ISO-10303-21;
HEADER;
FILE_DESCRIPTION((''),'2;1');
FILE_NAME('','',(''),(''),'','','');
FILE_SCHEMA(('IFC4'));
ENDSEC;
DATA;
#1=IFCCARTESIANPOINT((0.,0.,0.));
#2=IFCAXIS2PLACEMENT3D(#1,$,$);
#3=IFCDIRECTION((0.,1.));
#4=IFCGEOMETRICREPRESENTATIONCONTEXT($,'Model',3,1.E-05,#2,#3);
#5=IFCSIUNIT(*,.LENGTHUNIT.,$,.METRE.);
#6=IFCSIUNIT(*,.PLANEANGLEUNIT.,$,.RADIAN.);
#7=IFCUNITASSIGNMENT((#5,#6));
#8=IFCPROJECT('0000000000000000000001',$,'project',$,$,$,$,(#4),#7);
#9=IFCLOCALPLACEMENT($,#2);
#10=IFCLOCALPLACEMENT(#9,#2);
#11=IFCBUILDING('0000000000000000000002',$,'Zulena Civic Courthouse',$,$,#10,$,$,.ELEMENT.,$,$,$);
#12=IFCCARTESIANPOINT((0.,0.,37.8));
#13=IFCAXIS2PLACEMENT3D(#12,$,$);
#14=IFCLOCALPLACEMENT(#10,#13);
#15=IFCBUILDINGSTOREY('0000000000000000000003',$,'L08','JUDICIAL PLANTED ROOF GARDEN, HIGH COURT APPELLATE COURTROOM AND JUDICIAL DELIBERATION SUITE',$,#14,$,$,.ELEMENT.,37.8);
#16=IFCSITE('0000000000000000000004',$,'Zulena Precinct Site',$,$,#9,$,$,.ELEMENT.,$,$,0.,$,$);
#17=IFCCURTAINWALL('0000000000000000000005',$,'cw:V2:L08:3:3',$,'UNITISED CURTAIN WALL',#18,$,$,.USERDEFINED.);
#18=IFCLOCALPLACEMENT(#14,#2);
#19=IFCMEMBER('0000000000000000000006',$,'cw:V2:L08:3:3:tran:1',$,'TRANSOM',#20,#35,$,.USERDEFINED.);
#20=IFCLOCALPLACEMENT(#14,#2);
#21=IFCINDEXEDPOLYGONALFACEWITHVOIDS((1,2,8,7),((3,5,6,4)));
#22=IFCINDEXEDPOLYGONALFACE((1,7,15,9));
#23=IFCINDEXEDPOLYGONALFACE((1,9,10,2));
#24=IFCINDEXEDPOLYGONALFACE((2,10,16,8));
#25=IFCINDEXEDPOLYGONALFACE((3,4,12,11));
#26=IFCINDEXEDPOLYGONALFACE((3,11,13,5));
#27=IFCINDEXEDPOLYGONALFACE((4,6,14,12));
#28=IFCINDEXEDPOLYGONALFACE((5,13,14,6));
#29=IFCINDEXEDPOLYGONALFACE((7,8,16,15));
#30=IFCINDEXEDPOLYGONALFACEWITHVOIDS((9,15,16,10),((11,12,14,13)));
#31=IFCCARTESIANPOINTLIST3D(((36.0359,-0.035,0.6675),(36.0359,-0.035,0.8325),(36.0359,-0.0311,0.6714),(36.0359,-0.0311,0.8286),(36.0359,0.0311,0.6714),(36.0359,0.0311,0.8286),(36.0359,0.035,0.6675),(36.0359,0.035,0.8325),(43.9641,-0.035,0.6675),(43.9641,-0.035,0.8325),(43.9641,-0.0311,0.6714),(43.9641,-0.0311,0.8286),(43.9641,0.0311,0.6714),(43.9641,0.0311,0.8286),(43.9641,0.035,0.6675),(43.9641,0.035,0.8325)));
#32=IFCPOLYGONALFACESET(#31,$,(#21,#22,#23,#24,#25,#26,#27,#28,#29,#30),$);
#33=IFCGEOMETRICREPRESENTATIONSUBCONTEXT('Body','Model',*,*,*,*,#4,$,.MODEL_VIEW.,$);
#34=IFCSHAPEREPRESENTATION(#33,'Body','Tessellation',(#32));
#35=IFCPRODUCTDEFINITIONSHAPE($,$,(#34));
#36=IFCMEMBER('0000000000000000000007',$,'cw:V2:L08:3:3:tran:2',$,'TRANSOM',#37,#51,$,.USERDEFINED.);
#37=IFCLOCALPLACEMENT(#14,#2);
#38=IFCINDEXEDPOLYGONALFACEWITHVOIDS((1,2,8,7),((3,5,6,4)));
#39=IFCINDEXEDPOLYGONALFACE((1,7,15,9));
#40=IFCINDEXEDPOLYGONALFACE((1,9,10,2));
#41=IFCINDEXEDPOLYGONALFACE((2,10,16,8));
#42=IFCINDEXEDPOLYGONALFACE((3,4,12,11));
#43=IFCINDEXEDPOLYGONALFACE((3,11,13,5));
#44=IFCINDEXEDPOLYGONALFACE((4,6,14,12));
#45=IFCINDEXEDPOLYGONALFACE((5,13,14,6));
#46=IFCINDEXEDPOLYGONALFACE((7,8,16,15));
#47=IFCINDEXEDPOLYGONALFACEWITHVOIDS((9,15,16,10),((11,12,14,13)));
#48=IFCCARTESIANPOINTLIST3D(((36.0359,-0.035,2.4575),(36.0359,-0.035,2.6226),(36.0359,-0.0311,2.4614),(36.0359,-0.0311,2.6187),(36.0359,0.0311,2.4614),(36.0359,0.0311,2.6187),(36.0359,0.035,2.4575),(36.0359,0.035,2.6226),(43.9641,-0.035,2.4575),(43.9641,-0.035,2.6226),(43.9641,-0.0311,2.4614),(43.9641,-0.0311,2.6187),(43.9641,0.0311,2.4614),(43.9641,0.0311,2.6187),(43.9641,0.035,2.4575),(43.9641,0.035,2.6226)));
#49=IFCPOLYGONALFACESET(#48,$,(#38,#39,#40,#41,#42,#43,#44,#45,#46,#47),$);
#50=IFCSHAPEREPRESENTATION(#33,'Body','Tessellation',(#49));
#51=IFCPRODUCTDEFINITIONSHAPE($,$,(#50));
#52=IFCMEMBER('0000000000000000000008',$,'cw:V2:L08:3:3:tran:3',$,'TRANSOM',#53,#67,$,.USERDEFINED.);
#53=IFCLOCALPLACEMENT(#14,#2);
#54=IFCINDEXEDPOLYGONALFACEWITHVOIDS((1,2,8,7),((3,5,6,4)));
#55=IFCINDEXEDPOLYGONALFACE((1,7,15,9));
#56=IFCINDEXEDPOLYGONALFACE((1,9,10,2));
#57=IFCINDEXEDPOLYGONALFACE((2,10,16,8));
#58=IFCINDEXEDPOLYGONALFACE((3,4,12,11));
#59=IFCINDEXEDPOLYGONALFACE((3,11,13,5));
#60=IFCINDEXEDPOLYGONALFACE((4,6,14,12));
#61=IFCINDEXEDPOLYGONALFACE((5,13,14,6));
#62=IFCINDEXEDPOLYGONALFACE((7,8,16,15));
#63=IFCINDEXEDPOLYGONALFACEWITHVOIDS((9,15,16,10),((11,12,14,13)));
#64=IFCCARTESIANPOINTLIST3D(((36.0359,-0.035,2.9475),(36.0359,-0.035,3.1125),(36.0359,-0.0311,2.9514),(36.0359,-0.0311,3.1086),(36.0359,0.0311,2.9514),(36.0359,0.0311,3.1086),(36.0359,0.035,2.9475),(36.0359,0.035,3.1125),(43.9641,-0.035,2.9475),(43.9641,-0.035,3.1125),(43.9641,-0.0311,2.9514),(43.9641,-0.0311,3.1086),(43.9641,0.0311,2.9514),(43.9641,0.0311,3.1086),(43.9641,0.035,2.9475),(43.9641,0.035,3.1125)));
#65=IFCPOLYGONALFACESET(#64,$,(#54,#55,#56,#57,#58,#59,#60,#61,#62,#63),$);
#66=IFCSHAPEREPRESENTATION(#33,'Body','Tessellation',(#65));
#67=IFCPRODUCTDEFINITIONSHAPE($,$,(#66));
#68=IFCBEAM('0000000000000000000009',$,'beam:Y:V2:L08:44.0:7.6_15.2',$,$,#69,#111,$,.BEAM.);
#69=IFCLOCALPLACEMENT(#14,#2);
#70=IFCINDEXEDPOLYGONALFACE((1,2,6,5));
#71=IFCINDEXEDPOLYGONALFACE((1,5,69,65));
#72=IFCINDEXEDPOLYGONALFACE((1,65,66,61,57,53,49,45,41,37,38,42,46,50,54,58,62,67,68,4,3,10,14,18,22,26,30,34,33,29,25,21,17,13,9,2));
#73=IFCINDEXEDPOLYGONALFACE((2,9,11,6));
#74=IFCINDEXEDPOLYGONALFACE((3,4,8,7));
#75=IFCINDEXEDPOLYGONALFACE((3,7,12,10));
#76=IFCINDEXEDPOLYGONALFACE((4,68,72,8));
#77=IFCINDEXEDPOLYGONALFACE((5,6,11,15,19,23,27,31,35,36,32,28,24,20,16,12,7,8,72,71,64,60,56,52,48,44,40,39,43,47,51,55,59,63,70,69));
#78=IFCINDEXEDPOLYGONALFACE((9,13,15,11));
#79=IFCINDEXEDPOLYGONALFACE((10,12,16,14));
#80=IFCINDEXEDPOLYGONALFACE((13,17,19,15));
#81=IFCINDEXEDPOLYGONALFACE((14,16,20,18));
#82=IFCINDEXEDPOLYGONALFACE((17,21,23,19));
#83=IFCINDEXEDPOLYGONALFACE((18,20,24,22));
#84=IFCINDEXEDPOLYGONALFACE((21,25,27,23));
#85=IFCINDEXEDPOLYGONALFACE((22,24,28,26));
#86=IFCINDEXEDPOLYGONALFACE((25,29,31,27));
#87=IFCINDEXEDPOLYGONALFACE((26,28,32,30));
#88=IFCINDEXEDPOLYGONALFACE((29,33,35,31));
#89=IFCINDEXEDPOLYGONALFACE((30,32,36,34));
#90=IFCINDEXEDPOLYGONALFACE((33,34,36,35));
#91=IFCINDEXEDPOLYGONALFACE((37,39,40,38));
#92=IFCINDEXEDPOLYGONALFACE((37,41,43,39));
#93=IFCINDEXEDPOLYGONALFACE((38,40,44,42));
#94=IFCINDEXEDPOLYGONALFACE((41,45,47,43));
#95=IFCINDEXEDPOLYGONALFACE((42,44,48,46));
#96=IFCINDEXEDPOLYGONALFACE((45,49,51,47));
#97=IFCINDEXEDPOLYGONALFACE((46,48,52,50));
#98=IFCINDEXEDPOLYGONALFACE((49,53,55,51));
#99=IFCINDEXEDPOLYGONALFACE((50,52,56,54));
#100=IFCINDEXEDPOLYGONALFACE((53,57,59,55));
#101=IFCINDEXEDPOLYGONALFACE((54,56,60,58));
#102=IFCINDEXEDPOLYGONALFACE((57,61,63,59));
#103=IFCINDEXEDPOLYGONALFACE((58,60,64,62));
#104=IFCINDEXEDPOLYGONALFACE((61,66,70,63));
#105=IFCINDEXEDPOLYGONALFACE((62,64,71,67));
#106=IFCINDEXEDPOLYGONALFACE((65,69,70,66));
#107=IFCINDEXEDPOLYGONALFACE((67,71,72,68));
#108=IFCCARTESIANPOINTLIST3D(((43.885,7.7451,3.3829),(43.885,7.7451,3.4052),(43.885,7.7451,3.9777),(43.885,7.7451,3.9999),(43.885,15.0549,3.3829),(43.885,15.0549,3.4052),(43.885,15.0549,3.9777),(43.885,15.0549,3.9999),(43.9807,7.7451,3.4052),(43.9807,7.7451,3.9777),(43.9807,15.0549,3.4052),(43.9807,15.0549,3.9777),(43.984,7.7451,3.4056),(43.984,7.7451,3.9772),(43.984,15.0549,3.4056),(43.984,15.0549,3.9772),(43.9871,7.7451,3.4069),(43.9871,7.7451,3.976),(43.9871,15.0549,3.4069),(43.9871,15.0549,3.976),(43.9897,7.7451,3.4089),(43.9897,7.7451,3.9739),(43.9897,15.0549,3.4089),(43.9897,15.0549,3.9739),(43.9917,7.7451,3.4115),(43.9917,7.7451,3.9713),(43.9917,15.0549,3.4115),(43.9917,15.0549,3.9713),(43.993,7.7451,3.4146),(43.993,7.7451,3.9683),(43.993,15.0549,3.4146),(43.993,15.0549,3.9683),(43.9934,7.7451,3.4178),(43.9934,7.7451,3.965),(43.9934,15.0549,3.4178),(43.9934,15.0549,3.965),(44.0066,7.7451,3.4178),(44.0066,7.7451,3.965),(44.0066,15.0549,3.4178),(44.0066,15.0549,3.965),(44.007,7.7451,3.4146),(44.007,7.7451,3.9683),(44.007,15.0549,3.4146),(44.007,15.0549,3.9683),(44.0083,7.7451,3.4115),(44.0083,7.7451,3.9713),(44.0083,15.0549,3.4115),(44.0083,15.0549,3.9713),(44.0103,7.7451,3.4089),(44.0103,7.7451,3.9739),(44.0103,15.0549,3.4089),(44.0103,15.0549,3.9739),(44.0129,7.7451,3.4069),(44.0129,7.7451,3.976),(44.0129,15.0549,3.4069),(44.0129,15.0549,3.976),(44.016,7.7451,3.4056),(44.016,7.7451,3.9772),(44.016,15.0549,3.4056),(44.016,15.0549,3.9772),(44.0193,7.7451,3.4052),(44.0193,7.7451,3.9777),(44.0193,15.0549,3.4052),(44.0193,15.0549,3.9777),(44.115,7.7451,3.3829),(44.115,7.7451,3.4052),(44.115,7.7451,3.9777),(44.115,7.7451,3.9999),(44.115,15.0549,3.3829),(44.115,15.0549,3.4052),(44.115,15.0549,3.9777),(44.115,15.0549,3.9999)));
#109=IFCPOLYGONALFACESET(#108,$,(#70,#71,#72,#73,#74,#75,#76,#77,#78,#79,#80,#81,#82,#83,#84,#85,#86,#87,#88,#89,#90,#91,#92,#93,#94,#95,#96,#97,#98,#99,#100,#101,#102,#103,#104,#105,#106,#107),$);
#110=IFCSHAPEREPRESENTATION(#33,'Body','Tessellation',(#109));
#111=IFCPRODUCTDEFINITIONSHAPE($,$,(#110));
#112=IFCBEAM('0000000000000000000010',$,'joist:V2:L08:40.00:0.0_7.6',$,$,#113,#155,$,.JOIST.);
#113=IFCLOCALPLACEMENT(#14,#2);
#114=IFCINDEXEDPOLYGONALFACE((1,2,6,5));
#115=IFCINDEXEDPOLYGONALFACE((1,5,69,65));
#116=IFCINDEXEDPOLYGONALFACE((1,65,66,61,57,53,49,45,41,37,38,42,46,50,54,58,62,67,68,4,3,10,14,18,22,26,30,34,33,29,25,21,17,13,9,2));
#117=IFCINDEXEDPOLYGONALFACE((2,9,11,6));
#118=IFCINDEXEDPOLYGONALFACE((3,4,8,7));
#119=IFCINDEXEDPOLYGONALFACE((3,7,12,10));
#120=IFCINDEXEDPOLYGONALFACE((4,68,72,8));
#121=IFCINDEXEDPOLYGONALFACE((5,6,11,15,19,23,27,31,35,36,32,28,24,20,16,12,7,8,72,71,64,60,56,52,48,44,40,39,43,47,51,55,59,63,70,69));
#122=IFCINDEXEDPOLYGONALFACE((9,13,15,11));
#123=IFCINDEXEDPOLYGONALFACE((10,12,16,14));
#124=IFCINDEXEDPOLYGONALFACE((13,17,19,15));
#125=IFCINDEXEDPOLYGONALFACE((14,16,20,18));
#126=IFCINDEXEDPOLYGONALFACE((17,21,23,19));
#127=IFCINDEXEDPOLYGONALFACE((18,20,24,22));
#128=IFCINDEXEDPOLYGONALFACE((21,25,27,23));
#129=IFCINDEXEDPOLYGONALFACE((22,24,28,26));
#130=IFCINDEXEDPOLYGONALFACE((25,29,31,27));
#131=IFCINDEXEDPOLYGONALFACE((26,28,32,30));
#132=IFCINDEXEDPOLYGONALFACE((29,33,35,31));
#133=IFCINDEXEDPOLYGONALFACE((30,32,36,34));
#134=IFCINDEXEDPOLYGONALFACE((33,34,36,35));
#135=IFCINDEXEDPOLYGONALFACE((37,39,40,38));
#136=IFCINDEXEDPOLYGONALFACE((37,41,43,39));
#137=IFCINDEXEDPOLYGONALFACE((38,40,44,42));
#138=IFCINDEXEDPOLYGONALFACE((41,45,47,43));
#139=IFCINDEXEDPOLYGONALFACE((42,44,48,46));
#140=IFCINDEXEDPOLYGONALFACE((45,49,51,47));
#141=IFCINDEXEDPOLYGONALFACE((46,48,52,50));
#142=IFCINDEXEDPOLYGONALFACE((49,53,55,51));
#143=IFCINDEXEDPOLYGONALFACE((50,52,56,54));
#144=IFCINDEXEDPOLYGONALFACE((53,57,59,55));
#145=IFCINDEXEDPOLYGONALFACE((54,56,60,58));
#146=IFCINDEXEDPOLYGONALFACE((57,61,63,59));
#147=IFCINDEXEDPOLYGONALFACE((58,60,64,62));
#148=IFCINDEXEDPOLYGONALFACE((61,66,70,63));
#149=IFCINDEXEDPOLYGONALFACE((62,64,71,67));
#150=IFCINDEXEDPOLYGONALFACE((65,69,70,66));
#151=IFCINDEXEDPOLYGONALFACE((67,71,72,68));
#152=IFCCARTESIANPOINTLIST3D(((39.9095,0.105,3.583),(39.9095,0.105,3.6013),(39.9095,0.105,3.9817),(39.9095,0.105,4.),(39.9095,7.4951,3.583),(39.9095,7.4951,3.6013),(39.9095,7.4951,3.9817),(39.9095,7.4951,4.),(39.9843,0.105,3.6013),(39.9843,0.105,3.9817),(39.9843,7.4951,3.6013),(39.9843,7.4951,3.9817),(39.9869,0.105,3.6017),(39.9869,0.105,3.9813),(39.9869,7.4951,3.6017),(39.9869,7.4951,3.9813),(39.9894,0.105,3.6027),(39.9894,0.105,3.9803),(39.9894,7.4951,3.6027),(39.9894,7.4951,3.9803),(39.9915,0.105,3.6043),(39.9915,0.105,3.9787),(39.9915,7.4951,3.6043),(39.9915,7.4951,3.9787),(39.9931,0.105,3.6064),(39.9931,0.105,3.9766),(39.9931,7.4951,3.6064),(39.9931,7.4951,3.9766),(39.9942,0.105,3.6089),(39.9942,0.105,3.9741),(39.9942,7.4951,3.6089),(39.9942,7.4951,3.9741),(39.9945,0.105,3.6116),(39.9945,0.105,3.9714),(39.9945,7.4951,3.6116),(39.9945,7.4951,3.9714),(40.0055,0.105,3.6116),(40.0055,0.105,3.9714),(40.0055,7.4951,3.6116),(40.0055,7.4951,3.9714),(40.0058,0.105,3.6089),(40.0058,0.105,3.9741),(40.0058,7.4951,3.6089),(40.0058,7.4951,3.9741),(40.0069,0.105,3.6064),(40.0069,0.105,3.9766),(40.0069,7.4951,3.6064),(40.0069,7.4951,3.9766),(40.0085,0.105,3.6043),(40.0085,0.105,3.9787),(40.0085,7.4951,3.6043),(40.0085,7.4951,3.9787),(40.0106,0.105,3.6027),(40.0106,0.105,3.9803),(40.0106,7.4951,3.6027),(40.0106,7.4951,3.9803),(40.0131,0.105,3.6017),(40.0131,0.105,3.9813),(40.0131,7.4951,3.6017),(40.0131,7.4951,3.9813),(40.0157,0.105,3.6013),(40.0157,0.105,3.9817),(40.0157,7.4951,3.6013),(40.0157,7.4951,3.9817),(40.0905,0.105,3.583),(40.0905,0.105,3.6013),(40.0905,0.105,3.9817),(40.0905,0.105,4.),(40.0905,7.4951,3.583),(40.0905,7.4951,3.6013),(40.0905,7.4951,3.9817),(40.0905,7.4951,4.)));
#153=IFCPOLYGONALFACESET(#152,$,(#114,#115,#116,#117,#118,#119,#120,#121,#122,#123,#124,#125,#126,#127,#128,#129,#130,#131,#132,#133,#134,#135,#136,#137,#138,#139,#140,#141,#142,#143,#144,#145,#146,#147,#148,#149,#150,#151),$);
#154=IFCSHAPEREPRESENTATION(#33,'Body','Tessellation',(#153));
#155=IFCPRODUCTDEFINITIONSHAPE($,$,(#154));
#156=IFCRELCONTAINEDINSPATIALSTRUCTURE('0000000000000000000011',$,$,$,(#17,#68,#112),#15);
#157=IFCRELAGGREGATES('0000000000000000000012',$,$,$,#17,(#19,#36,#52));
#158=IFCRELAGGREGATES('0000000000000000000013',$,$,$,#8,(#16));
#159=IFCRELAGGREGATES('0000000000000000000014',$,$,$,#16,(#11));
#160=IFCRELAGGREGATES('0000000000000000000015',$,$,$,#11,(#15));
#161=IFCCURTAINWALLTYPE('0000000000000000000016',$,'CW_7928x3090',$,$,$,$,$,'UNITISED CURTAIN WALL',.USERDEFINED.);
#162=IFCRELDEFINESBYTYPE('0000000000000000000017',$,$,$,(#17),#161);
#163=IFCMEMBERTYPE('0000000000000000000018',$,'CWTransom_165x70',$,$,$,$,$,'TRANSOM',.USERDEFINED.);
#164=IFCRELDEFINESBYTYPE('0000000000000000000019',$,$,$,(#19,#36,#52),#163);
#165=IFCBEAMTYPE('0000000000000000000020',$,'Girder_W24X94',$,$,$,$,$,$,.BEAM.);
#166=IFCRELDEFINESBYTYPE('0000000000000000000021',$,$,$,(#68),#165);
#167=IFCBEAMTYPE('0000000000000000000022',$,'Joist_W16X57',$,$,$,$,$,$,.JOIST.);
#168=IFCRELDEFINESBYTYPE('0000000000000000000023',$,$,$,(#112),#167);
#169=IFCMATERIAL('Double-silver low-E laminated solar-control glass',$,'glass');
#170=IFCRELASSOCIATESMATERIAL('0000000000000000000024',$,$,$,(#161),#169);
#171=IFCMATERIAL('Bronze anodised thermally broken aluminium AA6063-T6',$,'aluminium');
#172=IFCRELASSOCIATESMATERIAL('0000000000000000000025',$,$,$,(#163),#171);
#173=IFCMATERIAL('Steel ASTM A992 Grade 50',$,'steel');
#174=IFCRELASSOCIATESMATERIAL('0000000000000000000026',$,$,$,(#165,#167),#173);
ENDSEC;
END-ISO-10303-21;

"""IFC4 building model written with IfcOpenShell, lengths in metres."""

from ifc_helpers import new_model, si_unit, direction, frame, origin, origin_2d, place, context, subcontext, project, spatial, hollow_rectangle, i_section, extrude, material, material_profile, profile_set, type_object, element, aggregate, save


model = new_model("IFC4")

# Units and contexts
model_context = context("Model", 3, precision=1e-05, world=origin(), true_north=direction((0.0, 1.0)))
body_context = subcontext(model_context, "Body", "Model", "MODEL_VIEW")
ifc_project = project(units=[si_unit("LENGTHUNIT", "METRE"), si_unit("PLANEANGLEUNIT", "RADIAN")], contexts=[model_context])

# Site, building, storey
site_placement = place(None, origin())
site = spatial("IfcSite", under=ifc_project, at=site_placement, Name="Zulena Precinct Site", CompositionType="ELEMENT", RefElevation=0.0)
building_placement = place(site_placement, origin())
building = spatial("IfcBuilding", under=site, at=building_placement, Name="Zulena Civic Courthouse", CompositionType="ELEMENT")
storey_placement = place(building_placement, frame((0.0, 0.0, 37.8)))
storey = spatial("IfcBuildingStorey", under=building, at=storey_placement, Name="L08", Description="JUDICIAL PLANTED ROOF GARDEN, HIGH COURT APPELLATE COURTROOM AND JUDICIAL DELIBERATION SUITE", CompositionType="ELEMENT", Elevation=37.8)

# Shared definitions
ifc_material_1 = material(Name="Steel ASTM A992 Grade 50", Category="steel")

# Curtain wall, members
ifc_material_2 = material(Name="Double-silver low-E laminated solar-control glass", Category="glass")
curtain_wall_type = type_object("IfcCurtainWallType", Name="CW_7928x3090", ElementType="UNITISED CURTAIN WALL", PredefinedType="USERDEFINED", material=ifc_material_2)
curtain_wall_placement = place(storey_placement, origin())
curtain_wall = element("IfcCurtainWall", 1, at=curtain_wall_placement, inside=storey, type_object=curtain_wall_type, Name="cw:V2:L08:3:3", ObjectType="UNITISED CURTAIN WALL", PredefinedType="USERDEFINED")
ifc_material_3 = material(Name="Bronze anodised thermally broken aluminium AA6063-T6", Category="aluminium")
ifc_material_profile_1 = material_profile(ifc_material_3, hollow_rectangle(XDim=0.0701, YDim=0.165, WallThickness=0.0039, at=origin_2d()), Name="CWT165X70X4")
ifc_profile_set_1 = profile_set([ifc_material_profile_1], Name="Bronze anodised thermally broken aluminium AA6063-T6")
member_type_1 = type_object("IfcMemberType", Name="CWTransom_165x70", ElementType="TRANSOM", PredefinedType="USERDEFINED", material=ifc_profile_set_1)
member_1_placement = place(storey_placement, frame((43.9641, 0.0, 0.75), z_axis=(-1.0, 0.0, 0.0), x_axis=(0.0, -1.0, 0.0)))
member_1 = element("IfcMember", 2, at=member_1_placement, type_object=member_type_1, Name="cw:V2:L08:3:3:tran:1", ObjectType="TRANSOM", PredefinedType="USERDEFINED", context=body_context, shape_type="SweptSolid", body=[
    extrude(hollow_rectangle(XDim=0.0701, YDim=0.165, WallThickness=0.0039, at=origin_2d()), origin(), (0.0, 0.0, 1.0), 7.9282),
])
member_2_placement = place(storey_placement, frame((43.9641, 0.0, 2.54), z_axis=(-1.0, 0.0, 0.0), x_axis=(0.0, -1.0, 0.0)))
member_2 = element("IfcMember", 3, at=member_2_placement, type_object=member_type_1, Name="cw:V2:L08:3:3:tran:2", ObjectType="TRANSOM", PredefinedType="USERDEFINED", context=body_context, shape_type="SweptSolid", body=[
    extrude(hollow_rectangle(XDim=0.0701, YDim=0.165, WallThickness=0.0039, at=origin_2d()), origin(), (0.0, 0.0, 1.0), 7.9282),
])
member_3_placement = place(storey_placement, frame((43.9641, 0.0, 3.03), z_axis=(-1.0, 0.0, 0.0), x_axis=(0.0, -1.0, 0.0)))
member_3 = element("IfcMember", 4, at=member_3_placement, type_object=member_type_1, Name="cw:V2:L08:3:3:tran:3", ObjectType="TRANSOM", PredefinedType="USERDEFINED", context=body_context, shape_type="SweptSolid", body=[
    extrude(hollow_rectangle(XDim=0.0701, YDim=0.165, WallThickness=0.0039, at=origin_2d()), origin(), (0.0, 0.0, 1.0), 7.9282),
])

# Beams
ifc_material_profile_2 = material_profile(ifc_material_1, i_section(OverallWidth=0.23, OverallDepth=0.6169, WebThickness=0.0132, FlangeThickness=0.0222, FilletRadius=0.0127, at=origin_2d()), Name="W24X94")
ifc_profile_set_2 = profile_set([ifc_material_profile_2], Name="Steel ASTM A992 Grade 50")
beam_type_1 = type_object("IfcBeamType", Name="Girder_W24X94", PredefinedType="BEAM", material=ifc_profile_set_2)
beam_1_placement = place(storey_placement, frame((44.0, 7.7451, 3.6914), z_axis=(0.0, 1.0, 0.0), x_axis=(-1.0, 0.0, 0.0)))
element("IfcBeam", 5, at=beam_1_placement, inside=storey, type_object=beam_type_1, Name="beam:Y:V2:L08:44.0:7.6_15.2", PredefinedType="BEAM", context=body_context, shape_type="SweptSolid", body=[
    extrude(i_section(OverallWidth=0.23, OverallDepth=0.6169, WebThickness=0.0132, FlangeThickness=0.0222, FilletRadius=0.0127, at=origin_2d()), origin(), (0.0, 0.0, 1.0), 7.3098),
])
ifc_material_profile_3 = material_profile(ifc_material_1, i_section(OverallWidth=0.1809, OverallDepth=0.417, WebThickness=0.011, FlangeThickness=0.0183, FilletRadius=0.0103, at=origin_2d()), Name="W16X57")
ifc_profile_set_3 = profile_set([ifc_material_profile_3], Name="Steel ASTM A992 Grade 50")
beam_type_2 = type_object("IfcBeamType", Name="Joist_W16X57", PredefinedType="JOIST", material=ifc_profile_set_3)
beam_2_placement = place(storey_placement, frame((40.0, 0.105, 3.7915), z_axis=(0.0, 1.0, 0.0), x_axis=(-1.0, 0.0, 0.0)))
element("IfcBeam", 6, at=beam_2_placement, inside=storey, type_object=beam_type_2, Name="joist:V2:L08:40.00:0.0_7.6", PredefinedType="JOIST", context=body_context, shape_type="SweptSolid", body=[
    extrude(i_section(OverallWidth=0.1809, OverallDepth=0.417, WebThickness=0.011, FlangeThickness=0.0183, FilletRadius=0.0103, at=origin_2d()), origin(), (0.0, 0.0, 1.0), 7.3901),
])

aggregate(curtain_wall, [member_1, member_2, member_3])

save(model, "model.ifc")
